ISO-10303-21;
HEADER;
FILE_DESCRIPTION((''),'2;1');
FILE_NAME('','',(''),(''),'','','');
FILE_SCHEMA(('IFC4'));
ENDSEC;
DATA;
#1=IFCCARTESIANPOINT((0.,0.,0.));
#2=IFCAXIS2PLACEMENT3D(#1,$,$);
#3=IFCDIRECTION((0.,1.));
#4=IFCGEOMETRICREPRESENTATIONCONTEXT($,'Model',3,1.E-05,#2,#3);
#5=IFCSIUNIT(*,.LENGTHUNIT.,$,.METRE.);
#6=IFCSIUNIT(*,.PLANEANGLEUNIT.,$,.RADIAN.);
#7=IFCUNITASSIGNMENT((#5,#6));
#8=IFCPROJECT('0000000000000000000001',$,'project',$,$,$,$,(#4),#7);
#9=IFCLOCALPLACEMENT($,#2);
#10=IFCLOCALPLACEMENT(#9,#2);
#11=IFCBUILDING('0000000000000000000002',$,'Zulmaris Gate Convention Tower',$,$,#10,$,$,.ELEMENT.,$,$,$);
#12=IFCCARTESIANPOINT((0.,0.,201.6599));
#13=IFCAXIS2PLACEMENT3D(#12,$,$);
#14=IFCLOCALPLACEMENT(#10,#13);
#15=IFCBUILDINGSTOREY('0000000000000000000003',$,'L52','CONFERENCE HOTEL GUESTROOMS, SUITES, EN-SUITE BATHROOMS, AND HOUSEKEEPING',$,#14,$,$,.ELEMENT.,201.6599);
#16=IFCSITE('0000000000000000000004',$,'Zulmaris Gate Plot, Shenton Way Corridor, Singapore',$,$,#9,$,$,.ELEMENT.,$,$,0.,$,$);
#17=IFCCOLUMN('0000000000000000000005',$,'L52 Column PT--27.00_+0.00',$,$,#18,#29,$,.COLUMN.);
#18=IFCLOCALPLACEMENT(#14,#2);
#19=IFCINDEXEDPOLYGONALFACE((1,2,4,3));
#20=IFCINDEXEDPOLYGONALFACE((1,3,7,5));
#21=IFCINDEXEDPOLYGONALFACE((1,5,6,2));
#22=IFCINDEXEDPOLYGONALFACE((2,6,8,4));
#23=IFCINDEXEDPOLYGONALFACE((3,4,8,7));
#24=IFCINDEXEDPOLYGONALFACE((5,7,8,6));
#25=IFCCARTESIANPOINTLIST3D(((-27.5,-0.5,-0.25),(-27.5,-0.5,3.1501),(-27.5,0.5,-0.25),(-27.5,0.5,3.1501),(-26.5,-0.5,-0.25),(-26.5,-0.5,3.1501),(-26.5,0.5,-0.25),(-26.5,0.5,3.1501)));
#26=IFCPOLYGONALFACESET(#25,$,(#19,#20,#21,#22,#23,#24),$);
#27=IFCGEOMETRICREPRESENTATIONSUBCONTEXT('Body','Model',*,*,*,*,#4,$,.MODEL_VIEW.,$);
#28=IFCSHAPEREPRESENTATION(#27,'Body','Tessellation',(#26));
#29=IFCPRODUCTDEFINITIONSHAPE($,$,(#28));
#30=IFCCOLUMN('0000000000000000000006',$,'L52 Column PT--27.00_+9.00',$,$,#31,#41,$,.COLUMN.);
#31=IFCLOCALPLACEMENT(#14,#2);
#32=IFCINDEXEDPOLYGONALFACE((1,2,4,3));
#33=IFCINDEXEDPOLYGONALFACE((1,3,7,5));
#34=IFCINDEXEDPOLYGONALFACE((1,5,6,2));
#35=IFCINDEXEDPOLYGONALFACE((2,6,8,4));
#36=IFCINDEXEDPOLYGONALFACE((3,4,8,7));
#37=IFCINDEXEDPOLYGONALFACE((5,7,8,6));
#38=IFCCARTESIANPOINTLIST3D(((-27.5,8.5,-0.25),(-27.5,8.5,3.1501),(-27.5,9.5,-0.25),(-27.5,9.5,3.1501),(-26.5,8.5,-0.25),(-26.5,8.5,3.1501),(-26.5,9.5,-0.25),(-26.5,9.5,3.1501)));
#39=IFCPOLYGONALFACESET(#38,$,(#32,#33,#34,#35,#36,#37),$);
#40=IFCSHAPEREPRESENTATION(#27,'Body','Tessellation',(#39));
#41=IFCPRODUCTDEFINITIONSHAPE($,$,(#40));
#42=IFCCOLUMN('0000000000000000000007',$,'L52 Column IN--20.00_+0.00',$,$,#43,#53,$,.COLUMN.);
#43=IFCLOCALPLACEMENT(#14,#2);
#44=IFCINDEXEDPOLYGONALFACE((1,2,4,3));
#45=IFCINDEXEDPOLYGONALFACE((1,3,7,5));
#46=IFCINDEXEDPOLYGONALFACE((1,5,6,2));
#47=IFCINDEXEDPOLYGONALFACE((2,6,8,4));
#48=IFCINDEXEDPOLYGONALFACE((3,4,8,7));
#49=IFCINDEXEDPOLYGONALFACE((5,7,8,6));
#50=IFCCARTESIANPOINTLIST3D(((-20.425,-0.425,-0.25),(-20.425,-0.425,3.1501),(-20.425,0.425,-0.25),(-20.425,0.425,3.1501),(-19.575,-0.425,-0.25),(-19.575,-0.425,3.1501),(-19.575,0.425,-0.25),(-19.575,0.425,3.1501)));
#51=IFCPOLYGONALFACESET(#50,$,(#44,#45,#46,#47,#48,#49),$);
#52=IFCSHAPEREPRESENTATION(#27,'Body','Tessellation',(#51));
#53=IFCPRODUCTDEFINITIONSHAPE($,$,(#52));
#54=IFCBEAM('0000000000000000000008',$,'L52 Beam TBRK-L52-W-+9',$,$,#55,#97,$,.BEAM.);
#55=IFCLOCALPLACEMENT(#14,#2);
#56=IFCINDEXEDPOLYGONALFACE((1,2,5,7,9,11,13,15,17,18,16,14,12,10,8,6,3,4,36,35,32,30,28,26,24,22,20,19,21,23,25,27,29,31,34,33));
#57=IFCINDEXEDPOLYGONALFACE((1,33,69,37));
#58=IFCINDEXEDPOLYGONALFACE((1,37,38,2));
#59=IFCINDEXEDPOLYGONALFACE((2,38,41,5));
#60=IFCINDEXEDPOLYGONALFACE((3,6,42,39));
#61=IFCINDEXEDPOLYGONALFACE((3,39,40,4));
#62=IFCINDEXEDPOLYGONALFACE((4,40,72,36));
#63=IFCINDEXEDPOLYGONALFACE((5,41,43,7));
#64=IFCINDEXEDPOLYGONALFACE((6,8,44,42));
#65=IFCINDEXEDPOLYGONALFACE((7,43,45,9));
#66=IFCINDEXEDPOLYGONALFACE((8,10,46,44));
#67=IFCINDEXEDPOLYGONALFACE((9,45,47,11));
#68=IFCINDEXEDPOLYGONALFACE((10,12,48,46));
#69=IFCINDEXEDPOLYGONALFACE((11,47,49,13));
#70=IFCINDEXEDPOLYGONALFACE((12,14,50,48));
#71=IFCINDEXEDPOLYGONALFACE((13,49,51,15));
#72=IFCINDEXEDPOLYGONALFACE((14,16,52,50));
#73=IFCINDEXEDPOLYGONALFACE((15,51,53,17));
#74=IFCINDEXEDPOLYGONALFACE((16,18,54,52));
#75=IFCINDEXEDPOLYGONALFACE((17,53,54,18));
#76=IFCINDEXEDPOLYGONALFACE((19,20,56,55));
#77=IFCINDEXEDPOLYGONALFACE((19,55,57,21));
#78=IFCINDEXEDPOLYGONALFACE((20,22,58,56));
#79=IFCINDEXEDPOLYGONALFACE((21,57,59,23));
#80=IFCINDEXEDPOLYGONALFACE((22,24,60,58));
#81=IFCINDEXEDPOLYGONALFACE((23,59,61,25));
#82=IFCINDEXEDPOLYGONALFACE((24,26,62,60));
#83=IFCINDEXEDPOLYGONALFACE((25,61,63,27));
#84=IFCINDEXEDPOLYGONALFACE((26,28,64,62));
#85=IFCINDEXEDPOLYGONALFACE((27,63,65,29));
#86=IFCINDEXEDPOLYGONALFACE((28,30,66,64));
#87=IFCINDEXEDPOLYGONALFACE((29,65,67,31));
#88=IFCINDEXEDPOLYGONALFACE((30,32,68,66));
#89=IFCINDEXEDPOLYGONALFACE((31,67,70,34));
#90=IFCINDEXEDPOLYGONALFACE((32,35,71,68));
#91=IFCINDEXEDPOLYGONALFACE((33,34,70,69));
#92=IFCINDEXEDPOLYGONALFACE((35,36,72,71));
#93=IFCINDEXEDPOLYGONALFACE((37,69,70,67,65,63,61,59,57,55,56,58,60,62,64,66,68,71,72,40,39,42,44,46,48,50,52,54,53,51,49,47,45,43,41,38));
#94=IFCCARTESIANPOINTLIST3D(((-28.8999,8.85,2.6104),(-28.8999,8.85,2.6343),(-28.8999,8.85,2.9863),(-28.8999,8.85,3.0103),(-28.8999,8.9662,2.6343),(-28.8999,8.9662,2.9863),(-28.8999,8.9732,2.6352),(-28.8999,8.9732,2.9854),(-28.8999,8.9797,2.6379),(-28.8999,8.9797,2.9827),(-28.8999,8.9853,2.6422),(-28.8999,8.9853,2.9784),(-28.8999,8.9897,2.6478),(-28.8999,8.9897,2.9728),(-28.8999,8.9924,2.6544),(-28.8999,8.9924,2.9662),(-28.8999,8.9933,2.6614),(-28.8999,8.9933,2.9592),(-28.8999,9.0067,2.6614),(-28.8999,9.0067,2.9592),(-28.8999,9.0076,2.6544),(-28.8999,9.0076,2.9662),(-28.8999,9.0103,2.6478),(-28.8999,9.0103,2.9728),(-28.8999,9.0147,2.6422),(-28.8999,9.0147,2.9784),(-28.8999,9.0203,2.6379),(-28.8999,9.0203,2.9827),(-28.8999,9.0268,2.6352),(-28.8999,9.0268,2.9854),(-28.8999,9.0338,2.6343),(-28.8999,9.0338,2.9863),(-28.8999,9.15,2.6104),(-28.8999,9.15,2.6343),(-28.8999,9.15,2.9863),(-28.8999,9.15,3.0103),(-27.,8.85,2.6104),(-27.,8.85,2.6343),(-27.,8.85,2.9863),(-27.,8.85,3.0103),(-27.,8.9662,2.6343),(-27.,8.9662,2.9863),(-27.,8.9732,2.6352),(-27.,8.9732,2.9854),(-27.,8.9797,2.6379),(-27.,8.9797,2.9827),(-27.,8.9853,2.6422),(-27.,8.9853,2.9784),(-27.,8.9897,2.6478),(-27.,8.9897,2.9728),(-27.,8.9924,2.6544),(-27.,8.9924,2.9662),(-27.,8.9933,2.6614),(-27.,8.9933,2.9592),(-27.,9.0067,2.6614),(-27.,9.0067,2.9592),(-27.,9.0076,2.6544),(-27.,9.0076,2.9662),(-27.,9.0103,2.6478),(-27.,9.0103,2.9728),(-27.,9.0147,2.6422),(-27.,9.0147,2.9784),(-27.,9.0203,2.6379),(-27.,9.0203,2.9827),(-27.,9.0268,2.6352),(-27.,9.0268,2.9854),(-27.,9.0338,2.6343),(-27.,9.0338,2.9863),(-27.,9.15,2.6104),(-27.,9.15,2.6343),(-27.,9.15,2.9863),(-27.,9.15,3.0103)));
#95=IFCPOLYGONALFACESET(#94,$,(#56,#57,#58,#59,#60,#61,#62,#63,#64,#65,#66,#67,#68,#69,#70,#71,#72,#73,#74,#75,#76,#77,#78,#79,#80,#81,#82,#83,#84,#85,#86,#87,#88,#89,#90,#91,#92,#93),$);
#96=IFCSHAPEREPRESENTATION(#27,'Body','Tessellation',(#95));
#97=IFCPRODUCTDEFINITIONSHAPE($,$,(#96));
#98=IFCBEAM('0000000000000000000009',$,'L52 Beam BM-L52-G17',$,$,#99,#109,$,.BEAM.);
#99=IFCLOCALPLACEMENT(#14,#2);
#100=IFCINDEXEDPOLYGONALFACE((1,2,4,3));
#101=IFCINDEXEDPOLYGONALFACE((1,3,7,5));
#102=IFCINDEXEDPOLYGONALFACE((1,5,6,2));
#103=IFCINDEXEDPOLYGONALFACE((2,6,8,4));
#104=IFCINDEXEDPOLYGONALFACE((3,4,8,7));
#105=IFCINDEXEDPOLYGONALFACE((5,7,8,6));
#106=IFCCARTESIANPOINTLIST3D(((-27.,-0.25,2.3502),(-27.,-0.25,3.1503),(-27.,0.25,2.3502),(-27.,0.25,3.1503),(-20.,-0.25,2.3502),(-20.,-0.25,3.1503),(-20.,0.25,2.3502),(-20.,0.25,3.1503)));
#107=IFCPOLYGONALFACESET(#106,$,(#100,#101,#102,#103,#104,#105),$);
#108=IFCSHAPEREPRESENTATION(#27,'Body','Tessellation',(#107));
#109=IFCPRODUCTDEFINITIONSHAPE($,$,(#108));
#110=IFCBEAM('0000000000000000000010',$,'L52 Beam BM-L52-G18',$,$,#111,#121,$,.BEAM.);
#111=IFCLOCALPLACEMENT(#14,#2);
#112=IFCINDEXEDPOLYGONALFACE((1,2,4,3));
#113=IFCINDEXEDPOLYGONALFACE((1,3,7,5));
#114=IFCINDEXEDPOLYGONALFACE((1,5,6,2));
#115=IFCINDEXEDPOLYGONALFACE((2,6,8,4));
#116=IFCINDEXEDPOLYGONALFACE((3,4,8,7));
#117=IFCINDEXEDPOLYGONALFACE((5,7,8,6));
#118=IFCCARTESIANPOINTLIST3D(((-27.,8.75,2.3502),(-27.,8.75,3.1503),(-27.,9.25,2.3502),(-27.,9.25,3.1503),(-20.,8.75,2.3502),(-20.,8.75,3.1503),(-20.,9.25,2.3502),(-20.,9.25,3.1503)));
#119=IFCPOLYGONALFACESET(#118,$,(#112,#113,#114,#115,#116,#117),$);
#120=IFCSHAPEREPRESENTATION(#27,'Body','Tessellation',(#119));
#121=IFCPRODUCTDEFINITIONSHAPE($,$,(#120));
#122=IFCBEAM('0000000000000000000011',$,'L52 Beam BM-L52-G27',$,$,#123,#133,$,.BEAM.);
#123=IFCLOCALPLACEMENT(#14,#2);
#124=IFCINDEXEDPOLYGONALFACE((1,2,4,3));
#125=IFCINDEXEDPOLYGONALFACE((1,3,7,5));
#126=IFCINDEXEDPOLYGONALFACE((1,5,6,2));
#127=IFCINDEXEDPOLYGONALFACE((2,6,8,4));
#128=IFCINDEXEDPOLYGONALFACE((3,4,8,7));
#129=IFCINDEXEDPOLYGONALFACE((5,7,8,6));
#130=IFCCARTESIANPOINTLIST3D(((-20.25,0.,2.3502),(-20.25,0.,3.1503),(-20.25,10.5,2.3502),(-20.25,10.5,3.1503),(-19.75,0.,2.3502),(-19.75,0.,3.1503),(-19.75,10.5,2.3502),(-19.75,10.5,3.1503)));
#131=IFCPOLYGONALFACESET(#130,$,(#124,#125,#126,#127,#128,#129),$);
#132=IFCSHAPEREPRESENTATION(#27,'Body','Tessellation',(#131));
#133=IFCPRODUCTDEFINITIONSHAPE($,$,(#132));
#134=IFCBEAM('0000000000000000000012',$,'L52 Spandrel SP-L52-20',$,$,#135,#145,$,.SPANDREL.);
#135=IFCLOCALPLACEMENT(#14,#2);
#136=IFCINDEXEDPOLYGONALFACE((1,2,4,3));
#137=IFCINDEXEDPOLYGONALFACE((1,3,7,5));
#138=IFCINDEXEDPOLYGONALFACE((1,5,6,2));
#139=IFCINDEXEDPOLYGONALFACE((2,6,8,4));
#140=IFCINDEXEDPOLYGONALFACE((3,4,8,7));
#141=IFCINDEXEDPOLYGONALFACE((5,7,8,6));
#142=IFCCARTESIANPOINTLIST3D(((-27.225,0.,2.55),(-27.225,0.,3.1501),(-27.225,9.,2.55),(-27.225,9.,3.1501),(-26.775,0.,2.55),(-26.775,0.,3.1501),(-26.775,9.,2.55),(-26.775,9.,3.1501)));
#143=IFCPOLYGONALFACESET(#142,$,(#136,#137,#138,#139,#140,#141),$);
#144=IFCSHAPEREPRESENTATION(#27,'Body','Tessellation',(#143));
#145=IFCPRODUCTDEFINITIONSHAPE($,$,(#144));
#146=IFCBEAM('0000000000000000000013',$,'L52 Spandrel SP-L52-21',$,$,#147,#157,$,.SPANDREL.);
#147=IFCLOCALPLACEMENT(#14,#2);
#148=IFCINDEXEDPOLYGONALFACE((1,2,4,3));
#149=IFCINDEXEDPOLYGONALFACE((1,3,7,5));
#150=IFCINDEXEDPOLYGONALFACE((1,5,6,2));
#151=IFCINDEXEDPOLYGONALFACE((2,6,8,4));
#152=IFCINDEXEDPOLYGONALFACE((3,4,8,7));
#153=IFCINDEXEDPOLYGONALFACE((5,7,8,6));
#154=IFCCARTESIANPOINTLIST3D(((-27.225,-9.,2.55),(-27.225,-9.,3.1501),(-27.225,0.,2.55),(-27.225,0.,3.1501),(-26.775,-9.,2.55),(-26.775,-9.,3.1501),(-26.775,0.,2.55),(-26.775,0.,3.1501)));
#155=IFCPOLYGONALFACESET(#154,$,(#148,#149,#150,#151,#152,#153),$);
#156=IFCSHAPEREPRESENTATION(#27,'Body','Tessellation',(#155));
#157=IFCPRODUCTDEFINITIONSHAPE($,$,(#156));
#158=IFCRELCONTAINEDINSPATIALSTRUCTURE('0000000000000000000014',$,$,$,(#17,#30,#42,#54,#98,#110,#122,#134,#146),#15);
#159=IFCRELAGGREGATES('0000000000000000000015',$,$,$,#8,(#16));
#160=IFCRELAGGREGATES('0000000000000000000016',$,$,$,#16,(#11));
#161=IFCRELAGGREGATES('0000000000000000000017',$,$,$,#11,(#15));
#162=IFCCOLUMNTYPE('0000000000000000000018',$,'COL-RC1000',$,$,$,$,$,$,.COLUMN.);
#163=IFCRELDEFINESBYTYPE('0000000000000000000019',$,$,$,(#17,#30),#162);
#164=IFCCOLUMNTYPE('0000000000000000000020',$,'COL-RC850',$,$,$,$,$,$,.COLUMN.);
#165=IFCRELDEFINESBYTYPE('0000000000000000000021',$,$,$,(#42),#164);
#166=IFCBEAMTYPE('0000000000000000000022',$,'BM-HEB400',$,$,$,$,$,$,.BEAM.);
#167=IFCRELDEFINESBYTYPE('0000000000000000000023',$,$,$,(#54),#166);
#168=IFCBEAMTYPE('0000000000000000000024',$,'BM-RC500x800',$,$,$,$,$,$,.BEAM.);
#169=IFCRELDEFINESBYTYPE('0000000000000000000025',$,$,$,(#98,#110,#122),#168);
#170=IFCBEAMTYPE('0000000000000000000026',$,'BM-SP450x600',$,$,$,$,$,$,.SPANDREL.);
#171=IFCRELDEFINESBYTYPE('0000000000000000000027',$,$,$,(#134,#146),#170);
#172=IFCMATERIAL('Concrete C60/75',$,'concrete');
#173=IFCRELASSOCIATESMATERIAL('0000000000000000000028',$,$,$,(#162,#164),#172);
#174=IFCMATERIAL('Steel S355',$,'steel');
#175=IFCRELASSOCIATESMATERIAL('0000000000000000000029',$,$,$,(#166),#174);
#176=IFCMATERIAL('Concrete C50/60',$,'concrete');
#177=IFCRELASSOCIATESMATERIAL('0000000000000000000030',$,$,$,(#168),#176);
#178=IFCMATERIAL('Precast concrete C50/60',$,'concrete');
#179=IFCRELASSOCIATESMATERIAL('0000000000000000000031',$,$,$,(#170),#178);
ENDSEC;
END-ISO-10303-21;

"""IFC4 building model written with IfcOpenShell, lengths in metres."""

from ifc_helpers import new_model, si_unit, direction, frame, origin, origin_2d, place, context, subcontext, project, spatial, rectangle, i_section, extrude, material, material_profile, profile_set, type_object, element, save


model = new_model("IFC4")

# Units and contexts
model_context = context("Model", 3, precision=1e-05, world=origin(), true_north=direction((0.0, 1.0)))
body_context = subcontext(model_context, "Body", "Model", "MODEL_VIEW")
ifc_project = project(units=[si_unit("LENGTHUNIT", "METRE"), si_unit("PLANEANGLEUNIT", "RADIAN")], contexts=[model_context])

# Site, building, storey
site_placement = place(None, origin())
site = spatial("IfcSite", under=ifc_project, at=site_placement, Name="Zulmaris Gate Plot, Shenton Way Corridor, Singapore", CompositionType="ELEMENT", RefElevation=0.0)
building_placement = place(site_placement, origin())
building = spatial("IfcBuilding", under=site, at=building_placement, Name="Zulmaris Gate Convention Tower", CompositionType="ELEMENT")
storey_placement = place(building_placement, frame((0.0, 0.0, 201.6599)))
storey = spatial("IfcBuildingStorey", under=building, at=storey_placement, Name="L52", Description="CONFERENCE HOTEL GUESTROOMS, SUITES, EN-SUITE BATHROOMS, AND HOUSEKEEPING", CompositionType="ELEMENT", Elevation=201.6599)

# Columns
ifc_material_1 = material(Name="Concrete C60/75", Category="concrete")
ifc_material_profile_1 = material_profile(ifc_material_1, rectangle(XDim=1.0, YDim=1.0, at=origin_2d()), Name="RC COL 1000x1000")
ifc_profile_set_1 = profile_set([ifc_material_profile_1], Name="Concrete C60/75")
column_type_1 = type_object("IfcColumnType", Name="COL-RC1000", PredefinedType="COLUMN", material=ifc_profile_set_1)
for number, where, z_axis, x_axis, name in (
    (1, (-27.0, 0.0, -0.25), (0.0, 0.0, 1.0), (1.0, 0.0, 0.0), "L52 Column PT--27.00_+0.00"),
    (2, (-27.0, 9.0, -0.25), (0.0, 0.0, 1.0), (1.0, 0.0, 0.0), "L52 Column PT--27.00_+9.00"),
):
    element("IfcColumn", number, at=place(storey_placement, frame(where, z_axis=z_axis, x_axis=x_axis)), inside=storey, type_object=column_type_1, Name=name, PredefinedType="COLUMN", context=body_context, shape_type="SweptSolid", body=[
        extrude(rectangle(XDim=1.0, YDim=1.0, at=origin_2d()), origin(), (0.0, 0.0, 1.0), 3.4001),
    ])
ifc_material_profile_2 = material_profile(ifc_material_1, rectangle(XDim=0.8501, YDim=0.8501, at=origin_2d()), Name="RC COL 850x850")
ifc_profile_set_2 = profile_set([ifc_material_profile_2], Name="Concrete C60/75")
column_type_2 = type_object("IfcColumnType", Name="COL-RC850", PredefinedType="COLUMN", material=ifc_profile_set_2)
column_placement = place(storey_placement, frame((-20.0, 0.0, -0.25), z_axis=(0.0, 0.0, 1.0), x_axis=(1.0, 0.0, 0.0)))
element("IfcColumn", 3, at=column_placement, inside=storey, type_object=column_type_2, Name="L52 Column IN--20.00_+0.00", PredefinedType="COLUMN", context=body_context, shape_type="SweptSolid", body=[
    extrude(rectangle(XDim=0.8501, YDim=0.8501, at=origin_2d()), origin(), (0.0, 0.0, 1.0), 3.4001),
])

# Beams
ifc_material_2 = material(Name="Steel S355", Category="steel")
ifc_material_profile_3 = material_profile(ifc_material_2, i_section(OverallWidth=0.3, OverallDepth=0.3999, WebThickness=0.0134, FlangeThickness=0.0239, FilletRadius=0.0271, at=origin_2d()), Name="HEB 400")
ifc_profile_set_3 = profile_set([ifc_material_profile_3], Name="Steel S355")
beam_type_1 = type_object("IfcBeamType", Name="BM-HEB400", PredefinedType="BEAM", material=ifc_profile_set_3)
beam_1_placement = place(storey_placement, frame((-28.8999, 9.0, 2.8103), z_axis=(1.0, 0.0, 0.0), x_axis=(0.0, 1.0, 0.0)))
element("IfcBeam", 4, at=beam_1_placement, inside=storey, type_object=beam_type_1, Name="L52 Beam TBRK-L52-W-+9", PredefinedType="BEAM", context=body_context, shape_type="SweptSolid", body=[
    extrude(i_section(OverallWidth=0.3, OverallDepth=0.3999, WebThickness=0.0134, FlangeThickness=0.0239, FilletRadius=0.0271, at=origin_2d()), origin(), (0.0, 0.0, 1.0), 1.8999),
])
ifc_material_3 = material(Name="Concrete C50/60", Category="concrete")
ifc_material_profile_4 = material_profile(ifc_material_3, rectangle(XDim=0.5, YDim=0.8, at=origin_2d()), Name="RC BEAM 500x800")
ifc_profile_set_4 = profile_set([ifc_material_profile_4], Name="Concrete C50/60")
beam_type_2 = type_object("IfcBeamType", Name="BM-RC500x800", PredefinedType="BEAM", material=ifc_profile_set_4)
for number, where, z_axis, x_axis, name in (
    (5, (-27.0, 0.0, 2.7502), (1.0, 0.0, 0.0), (0.0, 1.0, 0.0), "L52 Beam BM-L52-G17"),
    (6, (-27.0, 9.0, 2.7502), (1.0, 0.0, 0.0), (0.0, 1.0, 0.0), "L52 Beam BM-L52-G18"),
):
    element("IfcBeam", number, at=place(storey_placement, frame(where, z_axis=z_axis, x_axis=x_axis)), inside=storey, type_object=beam_type_2, Name=name, PredefinedType="BEAM", context=body_context, shape_type="SweptSolid", body=[
        extrude(rectangle(XDim=0.5, YDim=0.8, at=origin_2d()), origin(), (0.0, 0.0, 1.0), 7.0),
    ])
beam_2_placement = place(storey_placement, frame((-20.0, 0.0, 2.7502), z_axis=(0.0, 1.0, 0.0), x_axis=(-1.0, 0.0, 0.0)))
element("IfcBeam", 7, at=beam_2_placement, inside=storey, type_object=beam_type_2, Name="L52 Beam BM-L52-G27", PredefinedType="BEAM", context=body_context, shape_type="SweptSolid", body=[
    extrude(rectangle(XDim=0.5, YDim=0.8, at=origin_2d()), origin(), (0.0, 0.0, 1.0), 10.5),
])
ifc_material_4 = material(Name="Precast concrete C50/60", Category="concrete")
ifc_material_profile_5 = material_profile(ifc_material_4, rectangle(XDim=0.45, YDim=0.6001, at=origin_2d()), Name="RC SPANDREL 450x600")
ifc_profile_set_5 = profile_set([ifc_material_profile_5], Name="Precast concrete C50/60")
beam_type_3 = type_object("IfcBeamType", Name="BM-SP450x600", PredefinedType="SPANDREL", material=ifc_profile_set_5)
for number, where, z_axis, x_axis, name in (
    (8, (-27.0, 9.0, 2.8501), (0.0, -1.0, 0.0), (1.0, 0.0, 0.0), "L52 Spandrel SP-L52-20"),
    (9, (-27.0, 0.0, 2.8501), (0.0, -1.0, 0.0), (1.0, 0.0, 0.0), "L52 Spandrel SP-L52-21"),
):
    element("IfcBeam", number, at=place(storey_placement, frame(where, z_axis=z_axis, x_axis=x_axis)), inside=storey, type_object=beam_type_3, Name=name, PredefinedType="SPANDREL", context=body_context, shape_type="SweptSolid", body=[
        extrude(rectangle(XDim=0.45, YDim=0.6001, at=origin_2d()), origin(), (0.0, 0.0, 1.0), 9.0),
    ])

save(model, "model.ifc")
